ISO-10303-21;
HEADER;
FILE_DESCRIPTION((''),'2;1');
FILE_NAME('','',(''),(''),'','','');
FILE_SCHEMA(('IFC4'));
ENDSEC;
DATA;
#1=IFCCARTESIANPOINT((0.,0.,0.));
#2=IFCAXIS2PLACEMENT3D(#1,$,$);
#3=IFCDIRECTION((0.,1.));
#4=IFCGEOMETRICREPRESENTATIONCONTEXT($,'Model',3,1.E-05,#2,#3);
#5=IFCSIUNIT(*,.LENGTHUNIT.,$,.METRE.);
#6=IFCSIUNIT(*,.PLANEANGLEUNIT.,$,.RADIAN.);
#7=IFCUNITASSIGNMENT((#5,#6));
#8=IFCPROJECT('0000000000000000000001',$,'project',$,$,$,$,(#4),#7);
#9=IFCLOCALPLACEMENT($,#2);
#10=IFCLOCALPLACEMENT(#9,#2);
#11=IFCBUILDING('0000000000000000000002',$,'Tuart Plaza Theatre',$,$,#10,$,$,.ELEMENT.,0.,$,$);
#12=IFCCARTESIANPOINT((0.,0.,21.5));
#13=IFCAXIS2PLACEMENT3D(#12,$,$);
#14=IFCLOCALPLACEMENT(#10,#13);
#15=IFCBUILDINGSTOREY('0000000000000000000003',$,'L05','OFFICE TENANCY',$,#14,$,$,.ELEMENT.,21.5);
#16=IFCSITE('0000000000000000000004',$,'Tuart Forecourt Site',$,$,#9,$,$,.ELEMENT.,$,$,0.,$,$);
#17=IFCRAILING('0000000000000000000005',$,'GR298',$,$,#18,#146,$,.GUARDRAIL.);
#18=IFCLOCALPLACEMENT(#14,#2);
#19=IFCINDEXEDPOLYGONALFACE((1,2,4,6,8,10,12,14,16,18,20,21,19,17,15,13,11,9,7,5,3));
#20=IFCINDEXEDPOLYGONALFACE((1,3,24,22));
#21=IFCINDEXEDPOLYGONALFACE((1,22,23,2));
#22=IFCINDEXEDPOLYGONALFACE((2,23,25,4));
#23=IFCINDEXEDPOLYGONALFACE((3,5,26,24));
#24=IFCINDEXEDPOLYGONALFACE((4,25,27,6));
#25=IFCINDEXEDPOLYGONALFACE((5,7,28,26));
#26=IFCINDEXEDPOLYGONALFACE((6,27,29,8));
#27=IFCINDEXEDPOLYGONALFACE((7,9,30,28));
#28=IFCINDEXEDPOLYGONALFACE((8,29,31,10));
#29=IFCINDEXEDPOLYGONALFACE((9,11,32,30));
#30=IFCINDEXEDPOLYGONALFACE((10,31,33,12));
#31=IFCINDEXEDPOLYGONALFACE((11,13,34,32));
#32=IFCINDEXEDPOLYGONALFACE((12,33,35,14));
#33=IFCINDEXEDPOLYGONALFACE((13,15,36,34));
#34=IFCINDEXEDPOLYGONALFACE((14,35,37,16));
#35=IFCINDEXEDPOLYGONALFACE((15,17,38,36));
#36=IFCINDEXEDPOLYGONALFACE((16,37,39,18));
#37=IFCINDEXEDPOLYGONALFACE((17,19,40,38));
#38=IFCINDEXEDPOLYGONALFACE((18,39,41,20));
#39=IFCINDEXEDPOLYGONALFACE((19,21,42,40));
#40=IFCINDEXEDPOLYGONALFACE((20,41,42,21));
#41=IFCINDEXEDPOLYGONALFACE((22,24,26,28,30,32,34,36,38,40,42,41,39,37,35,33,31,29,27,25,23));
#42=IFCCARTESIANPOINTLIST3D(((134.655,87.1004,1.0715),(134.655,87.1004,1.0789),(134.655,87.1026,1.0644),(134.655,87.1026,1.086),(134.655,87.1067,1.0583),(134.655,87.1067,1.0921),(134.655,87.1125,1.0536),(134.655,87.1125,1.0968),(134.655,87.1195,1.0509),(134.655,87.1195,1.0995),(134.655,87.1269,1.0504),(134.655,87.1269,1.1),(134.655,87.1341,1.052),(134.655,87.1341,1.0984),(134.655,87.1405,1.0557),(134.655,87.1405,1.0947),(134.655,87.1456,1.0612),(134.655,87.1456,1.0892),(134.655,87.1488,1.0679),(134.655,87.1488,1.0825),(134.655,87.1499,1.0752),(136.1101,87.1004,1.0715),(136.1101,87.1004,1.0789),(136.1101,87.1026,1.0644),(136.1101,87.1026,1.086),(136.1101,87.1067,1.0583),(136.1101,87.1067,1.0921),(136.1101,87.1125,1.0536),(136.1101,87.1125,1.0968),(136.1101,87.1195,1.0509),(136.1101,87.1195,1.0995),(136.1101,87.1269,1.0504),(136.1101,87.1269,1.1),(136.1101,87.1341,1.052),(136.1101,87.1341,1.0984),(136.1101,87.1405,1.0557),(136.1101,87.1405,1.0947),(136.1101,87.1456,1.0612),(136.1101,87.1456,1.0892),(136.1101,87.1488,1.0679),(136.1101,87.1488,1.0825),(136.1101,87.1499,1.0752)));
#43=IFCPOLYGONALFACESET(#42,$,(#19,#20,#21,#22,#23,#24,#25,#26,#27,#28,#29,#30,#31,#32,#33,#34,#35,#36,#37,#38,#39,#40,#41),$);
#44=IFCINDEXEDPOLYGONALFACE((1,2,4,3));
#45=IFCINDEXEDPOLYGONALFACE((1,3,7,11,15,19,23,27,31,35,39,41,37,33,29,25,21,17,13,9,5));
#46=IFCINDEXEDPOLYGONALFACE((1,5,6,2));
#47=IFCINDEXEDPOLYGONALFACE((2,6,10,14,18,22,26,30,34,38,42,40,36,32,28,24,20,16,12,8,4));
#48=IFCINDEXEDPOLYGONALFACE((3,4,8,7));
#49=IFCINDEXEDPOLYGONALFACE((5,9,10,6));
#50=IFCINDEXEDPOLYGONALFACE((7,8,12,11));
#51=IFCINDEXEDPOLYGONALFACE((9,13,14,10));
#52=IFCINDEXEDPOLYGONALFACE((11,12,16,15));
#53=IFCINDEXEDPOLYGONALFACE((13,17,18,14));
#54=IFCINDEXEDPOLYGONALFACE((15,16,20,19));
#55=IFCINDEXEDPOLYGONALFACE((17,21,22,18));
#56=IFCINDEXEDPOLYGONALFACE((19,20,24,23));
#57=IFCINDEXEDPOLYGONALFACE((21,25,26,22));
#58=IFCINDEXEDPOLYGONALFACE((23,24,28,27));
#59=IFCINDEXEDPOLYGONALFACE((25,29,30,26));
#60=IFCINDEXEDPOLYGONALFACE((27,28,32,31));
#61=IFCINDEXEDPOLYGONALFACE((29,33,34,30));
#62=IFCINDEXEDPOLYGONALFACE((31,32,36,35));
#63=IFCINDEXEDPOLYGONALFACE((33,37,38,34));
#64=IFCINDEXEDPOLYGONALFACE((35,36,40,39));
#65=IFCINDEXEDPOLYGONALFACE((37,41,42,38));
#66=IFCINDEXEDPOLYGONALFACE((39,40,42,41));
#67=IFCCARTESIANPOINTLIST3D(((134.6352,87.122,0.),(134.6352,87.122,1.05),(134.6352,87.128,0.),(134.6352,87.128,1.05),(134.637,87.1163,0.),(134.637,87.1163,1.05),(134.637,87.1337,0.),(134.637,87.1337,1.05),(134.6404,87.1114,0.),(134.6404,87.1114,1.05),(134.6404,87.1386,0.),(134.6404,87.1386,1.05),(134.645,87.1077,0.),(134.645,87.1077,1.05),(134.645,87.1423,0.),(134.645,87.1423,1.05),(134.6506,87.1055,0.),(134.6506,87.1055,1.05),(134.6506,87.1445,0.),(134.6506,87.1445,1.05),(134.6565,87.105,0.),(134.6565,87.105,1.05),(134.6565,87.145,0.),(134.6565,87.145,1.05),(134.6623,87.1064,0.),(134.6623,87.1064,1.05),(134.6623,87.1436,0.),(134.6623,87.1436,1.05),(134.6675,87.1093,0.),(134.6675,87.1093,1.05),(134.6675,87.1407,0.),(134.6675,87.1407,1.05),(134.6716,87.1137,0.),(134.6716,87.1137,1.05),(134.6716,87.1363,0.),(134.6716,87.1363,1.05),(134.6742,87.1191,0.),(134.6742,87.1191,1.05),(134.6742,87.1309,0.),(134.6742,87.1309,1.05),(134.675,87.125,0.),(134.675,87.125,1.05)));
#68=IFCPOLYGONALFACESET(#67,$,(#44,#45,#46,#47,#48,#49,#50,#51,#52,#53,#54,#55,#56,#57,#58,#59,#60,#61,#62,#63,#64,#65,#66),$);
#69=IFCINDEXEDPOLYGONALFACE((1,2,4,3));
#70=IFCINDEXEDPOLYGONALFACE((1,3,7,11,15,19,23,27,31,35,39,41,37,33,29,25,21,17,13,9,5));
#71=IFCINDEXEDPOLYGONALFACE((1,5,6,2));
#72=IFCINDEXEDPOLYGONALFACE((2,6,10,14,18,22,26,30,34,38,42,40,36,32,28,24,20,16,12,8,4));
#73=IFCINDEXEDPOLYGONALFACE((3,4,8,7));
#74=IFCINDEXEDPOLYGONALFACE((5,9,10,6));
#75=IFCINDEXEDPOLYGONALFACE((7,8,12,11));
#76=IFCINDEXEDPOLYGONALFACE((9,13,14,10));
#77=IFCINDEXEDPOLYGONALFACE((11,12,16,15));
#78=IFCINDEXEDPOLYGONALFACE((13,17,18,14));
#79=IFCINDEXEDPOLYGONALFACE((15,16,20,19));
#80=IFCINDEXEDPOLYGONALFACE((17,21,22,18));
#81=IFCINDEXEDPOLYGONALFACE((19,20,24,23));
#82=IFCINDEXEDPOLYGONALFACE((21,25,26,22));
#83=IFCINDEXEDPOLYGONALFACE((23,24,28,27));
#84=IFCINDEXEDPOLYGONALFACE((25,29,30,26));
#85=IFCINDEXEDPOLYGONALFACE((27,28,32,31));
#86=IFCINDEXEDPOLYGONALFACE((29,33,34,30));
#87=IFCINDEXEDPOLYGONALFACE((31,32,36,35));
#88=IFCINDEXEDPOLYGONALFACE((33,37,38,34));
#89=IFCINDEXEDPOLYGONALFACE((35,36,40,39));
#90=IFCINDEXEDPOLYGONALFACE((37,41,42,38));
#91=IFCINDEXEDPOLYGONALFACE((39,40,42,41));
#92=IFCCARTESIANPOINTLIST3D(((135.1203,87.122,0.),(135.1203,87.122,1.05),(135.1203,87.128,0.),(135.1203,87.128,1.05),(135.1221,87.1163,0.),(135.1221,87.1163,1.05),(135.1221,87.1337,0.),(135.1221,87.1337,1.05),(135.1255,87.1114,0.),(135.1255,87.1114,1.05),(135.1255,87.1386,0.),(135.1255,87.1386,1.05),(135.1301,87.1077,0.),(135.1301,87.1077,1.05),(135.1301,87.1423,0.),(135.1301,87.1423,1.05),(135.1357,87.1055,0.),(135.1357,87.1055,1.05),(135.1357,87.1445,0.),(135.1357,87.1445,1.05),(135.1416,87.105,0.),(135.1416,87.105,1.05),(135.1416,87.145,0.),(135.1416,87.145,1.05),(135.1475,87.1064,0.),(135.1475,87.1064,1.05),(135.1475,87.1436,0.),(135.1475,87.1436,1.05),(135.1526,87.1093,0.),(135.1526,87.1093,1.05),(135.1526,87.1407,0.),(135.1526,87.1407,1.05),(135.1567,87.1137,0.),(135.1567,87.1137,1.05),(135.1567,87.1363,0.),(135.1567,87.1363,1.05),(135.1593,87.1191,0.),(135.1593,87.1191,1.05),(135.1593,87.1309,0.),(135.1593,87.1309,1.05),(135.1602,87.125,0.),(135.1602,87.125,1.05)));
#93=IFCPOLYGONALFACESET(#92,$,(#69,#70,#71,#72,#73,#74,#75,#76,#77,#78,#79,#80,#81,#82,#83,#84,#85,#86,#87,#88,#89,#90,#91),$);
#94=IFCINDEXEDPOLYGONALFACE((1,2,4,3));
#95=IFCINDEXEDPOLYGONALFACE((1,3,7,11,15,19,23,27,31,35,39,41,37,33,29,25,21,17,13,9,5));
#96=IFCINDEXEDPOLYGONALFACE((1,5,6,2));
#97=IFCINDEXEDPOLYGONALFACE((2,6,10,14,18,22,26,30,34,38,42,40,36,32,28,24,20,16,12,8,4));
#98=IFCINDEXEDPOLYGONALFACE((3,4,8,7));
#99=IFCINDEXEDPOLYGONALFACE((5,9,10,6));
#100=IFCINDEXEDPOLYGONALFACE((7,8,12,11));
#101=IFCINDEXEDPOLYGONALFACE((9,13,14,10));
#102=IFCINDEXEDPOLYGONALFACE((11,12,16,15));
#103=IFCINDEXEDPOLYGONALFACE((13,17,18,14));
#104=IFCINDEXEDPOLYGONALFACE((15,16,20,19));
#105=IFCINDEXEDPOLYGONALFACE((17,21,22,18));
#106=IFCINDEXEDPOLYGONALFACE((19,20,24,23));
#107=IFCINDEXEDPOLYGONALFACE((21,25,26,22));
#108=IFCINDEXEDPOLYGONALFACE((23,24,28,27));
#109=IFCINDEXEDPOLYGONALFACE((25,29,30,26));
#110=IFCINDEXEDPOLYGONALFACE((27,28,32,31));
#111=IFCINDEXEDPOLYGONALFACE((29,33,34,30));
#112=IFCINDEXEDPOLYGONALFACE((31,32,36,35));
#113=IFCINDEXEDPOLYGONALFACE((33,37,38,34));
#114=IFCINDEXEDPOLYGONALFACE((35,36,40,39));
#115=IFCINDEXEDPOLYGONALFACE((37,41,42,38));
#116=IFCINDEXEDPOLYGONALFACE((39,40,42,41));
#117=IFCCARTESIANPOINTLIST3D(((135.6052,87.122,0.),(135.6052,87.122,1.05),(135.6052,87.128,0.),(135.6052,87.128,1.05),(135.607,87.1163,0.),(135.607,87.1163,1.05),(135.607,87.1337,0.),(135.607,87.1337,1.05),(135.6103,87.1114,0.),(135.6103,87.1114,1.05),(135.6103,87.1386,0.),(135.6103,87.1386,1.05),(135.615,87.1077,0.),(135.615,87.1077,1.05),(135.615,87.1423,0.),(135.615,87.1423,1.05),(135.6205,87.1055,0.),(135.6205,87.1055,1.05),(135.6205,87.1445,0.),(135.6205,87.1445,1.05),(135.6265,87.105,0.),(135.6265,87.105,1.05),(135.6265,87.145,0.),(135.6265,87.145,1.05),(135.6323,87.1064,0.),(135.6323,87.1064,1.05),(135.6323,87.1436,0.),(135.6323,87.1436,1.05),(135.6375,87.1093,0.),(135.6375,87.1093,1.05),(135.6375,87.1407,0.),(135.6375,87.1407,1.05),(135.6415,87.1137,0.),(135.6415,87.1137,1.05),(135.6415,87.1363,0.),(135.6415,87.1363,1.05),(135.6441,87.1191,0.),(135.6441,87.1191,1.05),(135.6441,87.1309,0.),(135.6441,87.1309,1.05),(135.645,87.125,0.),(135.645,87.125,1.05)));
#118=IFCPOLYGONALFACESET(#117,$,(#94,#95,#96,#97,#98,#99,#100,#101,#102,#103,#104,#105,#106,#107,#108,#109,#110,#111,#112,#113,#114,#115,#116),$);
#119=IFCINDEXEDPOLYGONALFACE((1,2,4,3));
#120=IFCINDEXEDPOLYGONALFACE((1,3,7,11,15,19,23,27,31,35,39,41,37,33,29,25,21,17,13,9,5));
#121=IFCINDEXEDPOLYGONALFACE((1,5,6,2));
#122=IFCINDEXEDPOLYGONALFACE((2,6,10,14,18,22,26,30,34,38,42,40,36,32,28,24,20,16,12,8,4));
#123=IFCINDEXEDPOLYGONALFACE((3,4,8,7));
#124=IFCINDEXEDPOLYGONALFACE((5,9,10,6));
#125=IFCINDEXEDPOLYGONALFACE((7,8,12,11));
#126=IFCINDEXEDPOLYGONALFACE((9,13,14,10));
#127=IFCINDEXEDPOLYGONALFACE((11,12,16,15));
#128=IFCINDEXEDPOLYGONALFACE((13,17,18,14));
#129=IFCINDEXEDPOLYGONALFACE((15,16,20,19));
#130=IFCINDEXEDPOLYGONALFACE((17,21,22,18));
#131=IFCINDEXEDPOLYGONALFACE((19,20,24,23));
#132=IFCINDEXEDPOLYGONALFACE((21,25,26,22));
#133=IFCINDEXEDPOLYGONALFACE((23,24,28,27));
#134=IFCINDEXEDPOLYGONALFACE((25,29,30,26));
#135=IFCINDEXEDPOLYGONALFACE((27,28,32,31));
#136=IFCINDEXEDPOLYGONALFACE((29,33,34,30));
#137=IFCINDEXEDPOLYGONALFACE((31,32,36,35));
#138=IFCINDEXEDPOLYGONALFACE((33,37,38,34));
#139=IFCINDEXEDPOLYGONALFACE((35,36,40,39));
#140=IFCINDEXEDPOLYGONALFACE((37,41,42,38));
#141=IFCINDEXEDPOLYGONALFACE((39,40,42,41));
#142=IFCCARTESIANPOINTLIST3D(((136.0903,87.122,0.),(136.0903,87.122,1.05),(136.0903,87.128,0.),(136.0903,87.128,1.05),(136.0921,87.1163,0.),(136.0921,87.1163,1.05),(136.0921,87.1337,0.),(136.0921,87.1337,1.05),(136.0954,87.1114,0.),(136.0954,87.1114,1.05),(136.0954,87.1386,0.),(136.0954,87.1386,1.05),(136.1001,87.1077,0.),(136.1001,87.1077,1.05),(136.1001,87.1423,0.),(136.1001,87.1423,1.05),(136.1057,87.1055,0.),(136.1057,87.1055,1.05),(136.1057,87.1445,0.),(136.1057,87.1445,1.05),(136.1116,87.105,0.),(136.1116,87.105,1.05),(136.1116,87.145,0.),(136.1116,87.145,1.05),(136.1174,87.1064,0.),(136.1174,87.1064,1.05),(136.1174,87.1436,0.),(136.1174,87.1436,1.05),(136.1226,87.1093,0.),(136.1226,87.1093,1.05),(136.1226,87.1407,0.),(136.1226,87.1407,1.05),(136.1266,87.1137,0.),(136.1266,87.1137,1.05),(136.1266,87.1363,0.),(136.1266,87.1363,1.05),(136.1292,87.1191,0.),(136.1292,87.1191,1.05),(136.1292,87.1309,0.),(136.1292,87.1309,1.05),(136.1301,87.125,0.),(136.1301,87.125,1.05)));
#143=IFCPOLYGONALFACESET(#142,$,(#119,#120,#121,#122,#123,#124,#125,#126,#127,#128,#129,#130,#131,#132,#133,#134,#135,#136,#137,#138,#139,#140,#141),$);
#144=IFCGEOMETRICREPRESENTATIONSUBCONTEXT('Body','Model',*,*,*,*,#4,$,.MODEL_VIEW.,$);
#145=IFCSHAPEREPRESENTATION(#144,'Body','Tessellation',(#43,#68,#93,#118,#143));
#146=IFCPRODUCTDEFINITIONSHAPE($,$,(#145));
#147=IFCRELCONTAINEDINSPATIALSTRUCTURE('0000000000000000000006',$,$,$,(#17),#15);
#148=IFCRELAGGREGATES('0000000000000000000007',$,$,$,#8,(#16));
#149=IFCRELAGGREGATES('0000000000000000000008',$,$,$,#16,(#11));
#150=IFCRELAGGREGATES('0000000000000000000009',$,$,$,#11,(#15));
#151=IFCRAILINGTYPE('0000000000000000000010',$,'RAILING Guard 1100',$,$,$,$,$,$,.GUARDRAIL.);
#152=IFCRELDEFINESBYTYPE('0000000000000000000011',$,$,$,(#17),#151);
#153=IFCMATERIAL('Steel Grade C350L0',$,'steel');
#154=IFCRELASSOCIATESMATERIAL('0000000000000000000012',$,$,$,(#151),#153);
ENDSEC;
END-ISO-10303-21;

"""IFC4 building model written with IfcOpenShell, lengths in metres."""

from ifc_helpers import new_model, si_unit, direction, frame, origin, origin_2d, place, context, subcontext, project, spatial, circle, extrude, material, type_object, element, save


model = new_model("IFC4")

# Units and contexts
model_context = context("Model", 3, precision=1e-05, world=origin(), true_north=direction((0.0, 1.0)))
body_context = subcontext(model_context, "Body", "Model", "MODEL_VIEW")
ifc_project = project(units=[si_unit("LENGTHUNIT", "METRE"), si_unit("PLANEANGLEUNIT", "RADIAN")], contexts=[model_context])

# Site, building, storey
site_placement = place(None, origin())
site = spatial("IfcSite", under=ifc_project, at=site_placement, Name="Tuart Forecourt Site", CompositionType="ELEMENT", RefElevation=0.0)
building_placement = place(site_placement, origin())
building = spatial("IfcBuilding", under=site, at=building_placement, Name="Tuart Plaza Theatre", CompositionType="ELEMENT", ElevationOfRefHeight=0.0)
storey_placement = place(building_placement, frame((0.0, 0.0, 21.5)))
storey = spatial("IfcBuildingStorey", under=building, at=storey_placement, Name="L05", Description="OFFICE TENANCY", CompositionType="ELEMENT", Elevation=21.5)

# Railing
ifc_material_1 = material(Name="Steel Grade C350L0", Category="steel")
railing_type_1 = type_object("IfcRailingType", Name="RAILING Guard 1100", PredefinedType="GUARDRAIL", material=ifc_material_1)
railing_1_placement = place(storey_placement, frame((134.655, 87.125, 0.0)))
element("IfcRailing", 1, at=railing_1_placement, inside=storey, type_object=railing_type_1, Name="GR298", PredefinedType="GUARDRAIL", context=body_context, shape_type="SweptSolid", body=[
    extrude(circle(Radius=0.0249, at=origin_2d()), frame((0.0, 0.0, 1.0752), z_axis=(1.0, 0.0, 0.0), x_axis=(0.0, 1.0, 0.0)), (0.0, 0.0, 1.0), 1.4551),
    extrude(circle(Radius=0.02, at=origin_2d()), origin(), (0.0, 0.0, 1.0), 1.05),
    extrude(circle(Radius=0.02, at=origin_2d()), frame((0.4851, 0.0, 0.0)), (0.0, 0.0, 1.0), 1.05),
    extrude(circle(Radius=0.02, at=origin_2d()), frame((0.97, 0.0, 0.0)), (0.0, 0.0, 1.0), 1.05),
    extrude(circle(Radius=0.02, at=origin_2d()), frame((1.4551, 0.0, 0.0)), (0.0, 0.0, 1.0), 1.05),
])

save(model, "model.ifc")
